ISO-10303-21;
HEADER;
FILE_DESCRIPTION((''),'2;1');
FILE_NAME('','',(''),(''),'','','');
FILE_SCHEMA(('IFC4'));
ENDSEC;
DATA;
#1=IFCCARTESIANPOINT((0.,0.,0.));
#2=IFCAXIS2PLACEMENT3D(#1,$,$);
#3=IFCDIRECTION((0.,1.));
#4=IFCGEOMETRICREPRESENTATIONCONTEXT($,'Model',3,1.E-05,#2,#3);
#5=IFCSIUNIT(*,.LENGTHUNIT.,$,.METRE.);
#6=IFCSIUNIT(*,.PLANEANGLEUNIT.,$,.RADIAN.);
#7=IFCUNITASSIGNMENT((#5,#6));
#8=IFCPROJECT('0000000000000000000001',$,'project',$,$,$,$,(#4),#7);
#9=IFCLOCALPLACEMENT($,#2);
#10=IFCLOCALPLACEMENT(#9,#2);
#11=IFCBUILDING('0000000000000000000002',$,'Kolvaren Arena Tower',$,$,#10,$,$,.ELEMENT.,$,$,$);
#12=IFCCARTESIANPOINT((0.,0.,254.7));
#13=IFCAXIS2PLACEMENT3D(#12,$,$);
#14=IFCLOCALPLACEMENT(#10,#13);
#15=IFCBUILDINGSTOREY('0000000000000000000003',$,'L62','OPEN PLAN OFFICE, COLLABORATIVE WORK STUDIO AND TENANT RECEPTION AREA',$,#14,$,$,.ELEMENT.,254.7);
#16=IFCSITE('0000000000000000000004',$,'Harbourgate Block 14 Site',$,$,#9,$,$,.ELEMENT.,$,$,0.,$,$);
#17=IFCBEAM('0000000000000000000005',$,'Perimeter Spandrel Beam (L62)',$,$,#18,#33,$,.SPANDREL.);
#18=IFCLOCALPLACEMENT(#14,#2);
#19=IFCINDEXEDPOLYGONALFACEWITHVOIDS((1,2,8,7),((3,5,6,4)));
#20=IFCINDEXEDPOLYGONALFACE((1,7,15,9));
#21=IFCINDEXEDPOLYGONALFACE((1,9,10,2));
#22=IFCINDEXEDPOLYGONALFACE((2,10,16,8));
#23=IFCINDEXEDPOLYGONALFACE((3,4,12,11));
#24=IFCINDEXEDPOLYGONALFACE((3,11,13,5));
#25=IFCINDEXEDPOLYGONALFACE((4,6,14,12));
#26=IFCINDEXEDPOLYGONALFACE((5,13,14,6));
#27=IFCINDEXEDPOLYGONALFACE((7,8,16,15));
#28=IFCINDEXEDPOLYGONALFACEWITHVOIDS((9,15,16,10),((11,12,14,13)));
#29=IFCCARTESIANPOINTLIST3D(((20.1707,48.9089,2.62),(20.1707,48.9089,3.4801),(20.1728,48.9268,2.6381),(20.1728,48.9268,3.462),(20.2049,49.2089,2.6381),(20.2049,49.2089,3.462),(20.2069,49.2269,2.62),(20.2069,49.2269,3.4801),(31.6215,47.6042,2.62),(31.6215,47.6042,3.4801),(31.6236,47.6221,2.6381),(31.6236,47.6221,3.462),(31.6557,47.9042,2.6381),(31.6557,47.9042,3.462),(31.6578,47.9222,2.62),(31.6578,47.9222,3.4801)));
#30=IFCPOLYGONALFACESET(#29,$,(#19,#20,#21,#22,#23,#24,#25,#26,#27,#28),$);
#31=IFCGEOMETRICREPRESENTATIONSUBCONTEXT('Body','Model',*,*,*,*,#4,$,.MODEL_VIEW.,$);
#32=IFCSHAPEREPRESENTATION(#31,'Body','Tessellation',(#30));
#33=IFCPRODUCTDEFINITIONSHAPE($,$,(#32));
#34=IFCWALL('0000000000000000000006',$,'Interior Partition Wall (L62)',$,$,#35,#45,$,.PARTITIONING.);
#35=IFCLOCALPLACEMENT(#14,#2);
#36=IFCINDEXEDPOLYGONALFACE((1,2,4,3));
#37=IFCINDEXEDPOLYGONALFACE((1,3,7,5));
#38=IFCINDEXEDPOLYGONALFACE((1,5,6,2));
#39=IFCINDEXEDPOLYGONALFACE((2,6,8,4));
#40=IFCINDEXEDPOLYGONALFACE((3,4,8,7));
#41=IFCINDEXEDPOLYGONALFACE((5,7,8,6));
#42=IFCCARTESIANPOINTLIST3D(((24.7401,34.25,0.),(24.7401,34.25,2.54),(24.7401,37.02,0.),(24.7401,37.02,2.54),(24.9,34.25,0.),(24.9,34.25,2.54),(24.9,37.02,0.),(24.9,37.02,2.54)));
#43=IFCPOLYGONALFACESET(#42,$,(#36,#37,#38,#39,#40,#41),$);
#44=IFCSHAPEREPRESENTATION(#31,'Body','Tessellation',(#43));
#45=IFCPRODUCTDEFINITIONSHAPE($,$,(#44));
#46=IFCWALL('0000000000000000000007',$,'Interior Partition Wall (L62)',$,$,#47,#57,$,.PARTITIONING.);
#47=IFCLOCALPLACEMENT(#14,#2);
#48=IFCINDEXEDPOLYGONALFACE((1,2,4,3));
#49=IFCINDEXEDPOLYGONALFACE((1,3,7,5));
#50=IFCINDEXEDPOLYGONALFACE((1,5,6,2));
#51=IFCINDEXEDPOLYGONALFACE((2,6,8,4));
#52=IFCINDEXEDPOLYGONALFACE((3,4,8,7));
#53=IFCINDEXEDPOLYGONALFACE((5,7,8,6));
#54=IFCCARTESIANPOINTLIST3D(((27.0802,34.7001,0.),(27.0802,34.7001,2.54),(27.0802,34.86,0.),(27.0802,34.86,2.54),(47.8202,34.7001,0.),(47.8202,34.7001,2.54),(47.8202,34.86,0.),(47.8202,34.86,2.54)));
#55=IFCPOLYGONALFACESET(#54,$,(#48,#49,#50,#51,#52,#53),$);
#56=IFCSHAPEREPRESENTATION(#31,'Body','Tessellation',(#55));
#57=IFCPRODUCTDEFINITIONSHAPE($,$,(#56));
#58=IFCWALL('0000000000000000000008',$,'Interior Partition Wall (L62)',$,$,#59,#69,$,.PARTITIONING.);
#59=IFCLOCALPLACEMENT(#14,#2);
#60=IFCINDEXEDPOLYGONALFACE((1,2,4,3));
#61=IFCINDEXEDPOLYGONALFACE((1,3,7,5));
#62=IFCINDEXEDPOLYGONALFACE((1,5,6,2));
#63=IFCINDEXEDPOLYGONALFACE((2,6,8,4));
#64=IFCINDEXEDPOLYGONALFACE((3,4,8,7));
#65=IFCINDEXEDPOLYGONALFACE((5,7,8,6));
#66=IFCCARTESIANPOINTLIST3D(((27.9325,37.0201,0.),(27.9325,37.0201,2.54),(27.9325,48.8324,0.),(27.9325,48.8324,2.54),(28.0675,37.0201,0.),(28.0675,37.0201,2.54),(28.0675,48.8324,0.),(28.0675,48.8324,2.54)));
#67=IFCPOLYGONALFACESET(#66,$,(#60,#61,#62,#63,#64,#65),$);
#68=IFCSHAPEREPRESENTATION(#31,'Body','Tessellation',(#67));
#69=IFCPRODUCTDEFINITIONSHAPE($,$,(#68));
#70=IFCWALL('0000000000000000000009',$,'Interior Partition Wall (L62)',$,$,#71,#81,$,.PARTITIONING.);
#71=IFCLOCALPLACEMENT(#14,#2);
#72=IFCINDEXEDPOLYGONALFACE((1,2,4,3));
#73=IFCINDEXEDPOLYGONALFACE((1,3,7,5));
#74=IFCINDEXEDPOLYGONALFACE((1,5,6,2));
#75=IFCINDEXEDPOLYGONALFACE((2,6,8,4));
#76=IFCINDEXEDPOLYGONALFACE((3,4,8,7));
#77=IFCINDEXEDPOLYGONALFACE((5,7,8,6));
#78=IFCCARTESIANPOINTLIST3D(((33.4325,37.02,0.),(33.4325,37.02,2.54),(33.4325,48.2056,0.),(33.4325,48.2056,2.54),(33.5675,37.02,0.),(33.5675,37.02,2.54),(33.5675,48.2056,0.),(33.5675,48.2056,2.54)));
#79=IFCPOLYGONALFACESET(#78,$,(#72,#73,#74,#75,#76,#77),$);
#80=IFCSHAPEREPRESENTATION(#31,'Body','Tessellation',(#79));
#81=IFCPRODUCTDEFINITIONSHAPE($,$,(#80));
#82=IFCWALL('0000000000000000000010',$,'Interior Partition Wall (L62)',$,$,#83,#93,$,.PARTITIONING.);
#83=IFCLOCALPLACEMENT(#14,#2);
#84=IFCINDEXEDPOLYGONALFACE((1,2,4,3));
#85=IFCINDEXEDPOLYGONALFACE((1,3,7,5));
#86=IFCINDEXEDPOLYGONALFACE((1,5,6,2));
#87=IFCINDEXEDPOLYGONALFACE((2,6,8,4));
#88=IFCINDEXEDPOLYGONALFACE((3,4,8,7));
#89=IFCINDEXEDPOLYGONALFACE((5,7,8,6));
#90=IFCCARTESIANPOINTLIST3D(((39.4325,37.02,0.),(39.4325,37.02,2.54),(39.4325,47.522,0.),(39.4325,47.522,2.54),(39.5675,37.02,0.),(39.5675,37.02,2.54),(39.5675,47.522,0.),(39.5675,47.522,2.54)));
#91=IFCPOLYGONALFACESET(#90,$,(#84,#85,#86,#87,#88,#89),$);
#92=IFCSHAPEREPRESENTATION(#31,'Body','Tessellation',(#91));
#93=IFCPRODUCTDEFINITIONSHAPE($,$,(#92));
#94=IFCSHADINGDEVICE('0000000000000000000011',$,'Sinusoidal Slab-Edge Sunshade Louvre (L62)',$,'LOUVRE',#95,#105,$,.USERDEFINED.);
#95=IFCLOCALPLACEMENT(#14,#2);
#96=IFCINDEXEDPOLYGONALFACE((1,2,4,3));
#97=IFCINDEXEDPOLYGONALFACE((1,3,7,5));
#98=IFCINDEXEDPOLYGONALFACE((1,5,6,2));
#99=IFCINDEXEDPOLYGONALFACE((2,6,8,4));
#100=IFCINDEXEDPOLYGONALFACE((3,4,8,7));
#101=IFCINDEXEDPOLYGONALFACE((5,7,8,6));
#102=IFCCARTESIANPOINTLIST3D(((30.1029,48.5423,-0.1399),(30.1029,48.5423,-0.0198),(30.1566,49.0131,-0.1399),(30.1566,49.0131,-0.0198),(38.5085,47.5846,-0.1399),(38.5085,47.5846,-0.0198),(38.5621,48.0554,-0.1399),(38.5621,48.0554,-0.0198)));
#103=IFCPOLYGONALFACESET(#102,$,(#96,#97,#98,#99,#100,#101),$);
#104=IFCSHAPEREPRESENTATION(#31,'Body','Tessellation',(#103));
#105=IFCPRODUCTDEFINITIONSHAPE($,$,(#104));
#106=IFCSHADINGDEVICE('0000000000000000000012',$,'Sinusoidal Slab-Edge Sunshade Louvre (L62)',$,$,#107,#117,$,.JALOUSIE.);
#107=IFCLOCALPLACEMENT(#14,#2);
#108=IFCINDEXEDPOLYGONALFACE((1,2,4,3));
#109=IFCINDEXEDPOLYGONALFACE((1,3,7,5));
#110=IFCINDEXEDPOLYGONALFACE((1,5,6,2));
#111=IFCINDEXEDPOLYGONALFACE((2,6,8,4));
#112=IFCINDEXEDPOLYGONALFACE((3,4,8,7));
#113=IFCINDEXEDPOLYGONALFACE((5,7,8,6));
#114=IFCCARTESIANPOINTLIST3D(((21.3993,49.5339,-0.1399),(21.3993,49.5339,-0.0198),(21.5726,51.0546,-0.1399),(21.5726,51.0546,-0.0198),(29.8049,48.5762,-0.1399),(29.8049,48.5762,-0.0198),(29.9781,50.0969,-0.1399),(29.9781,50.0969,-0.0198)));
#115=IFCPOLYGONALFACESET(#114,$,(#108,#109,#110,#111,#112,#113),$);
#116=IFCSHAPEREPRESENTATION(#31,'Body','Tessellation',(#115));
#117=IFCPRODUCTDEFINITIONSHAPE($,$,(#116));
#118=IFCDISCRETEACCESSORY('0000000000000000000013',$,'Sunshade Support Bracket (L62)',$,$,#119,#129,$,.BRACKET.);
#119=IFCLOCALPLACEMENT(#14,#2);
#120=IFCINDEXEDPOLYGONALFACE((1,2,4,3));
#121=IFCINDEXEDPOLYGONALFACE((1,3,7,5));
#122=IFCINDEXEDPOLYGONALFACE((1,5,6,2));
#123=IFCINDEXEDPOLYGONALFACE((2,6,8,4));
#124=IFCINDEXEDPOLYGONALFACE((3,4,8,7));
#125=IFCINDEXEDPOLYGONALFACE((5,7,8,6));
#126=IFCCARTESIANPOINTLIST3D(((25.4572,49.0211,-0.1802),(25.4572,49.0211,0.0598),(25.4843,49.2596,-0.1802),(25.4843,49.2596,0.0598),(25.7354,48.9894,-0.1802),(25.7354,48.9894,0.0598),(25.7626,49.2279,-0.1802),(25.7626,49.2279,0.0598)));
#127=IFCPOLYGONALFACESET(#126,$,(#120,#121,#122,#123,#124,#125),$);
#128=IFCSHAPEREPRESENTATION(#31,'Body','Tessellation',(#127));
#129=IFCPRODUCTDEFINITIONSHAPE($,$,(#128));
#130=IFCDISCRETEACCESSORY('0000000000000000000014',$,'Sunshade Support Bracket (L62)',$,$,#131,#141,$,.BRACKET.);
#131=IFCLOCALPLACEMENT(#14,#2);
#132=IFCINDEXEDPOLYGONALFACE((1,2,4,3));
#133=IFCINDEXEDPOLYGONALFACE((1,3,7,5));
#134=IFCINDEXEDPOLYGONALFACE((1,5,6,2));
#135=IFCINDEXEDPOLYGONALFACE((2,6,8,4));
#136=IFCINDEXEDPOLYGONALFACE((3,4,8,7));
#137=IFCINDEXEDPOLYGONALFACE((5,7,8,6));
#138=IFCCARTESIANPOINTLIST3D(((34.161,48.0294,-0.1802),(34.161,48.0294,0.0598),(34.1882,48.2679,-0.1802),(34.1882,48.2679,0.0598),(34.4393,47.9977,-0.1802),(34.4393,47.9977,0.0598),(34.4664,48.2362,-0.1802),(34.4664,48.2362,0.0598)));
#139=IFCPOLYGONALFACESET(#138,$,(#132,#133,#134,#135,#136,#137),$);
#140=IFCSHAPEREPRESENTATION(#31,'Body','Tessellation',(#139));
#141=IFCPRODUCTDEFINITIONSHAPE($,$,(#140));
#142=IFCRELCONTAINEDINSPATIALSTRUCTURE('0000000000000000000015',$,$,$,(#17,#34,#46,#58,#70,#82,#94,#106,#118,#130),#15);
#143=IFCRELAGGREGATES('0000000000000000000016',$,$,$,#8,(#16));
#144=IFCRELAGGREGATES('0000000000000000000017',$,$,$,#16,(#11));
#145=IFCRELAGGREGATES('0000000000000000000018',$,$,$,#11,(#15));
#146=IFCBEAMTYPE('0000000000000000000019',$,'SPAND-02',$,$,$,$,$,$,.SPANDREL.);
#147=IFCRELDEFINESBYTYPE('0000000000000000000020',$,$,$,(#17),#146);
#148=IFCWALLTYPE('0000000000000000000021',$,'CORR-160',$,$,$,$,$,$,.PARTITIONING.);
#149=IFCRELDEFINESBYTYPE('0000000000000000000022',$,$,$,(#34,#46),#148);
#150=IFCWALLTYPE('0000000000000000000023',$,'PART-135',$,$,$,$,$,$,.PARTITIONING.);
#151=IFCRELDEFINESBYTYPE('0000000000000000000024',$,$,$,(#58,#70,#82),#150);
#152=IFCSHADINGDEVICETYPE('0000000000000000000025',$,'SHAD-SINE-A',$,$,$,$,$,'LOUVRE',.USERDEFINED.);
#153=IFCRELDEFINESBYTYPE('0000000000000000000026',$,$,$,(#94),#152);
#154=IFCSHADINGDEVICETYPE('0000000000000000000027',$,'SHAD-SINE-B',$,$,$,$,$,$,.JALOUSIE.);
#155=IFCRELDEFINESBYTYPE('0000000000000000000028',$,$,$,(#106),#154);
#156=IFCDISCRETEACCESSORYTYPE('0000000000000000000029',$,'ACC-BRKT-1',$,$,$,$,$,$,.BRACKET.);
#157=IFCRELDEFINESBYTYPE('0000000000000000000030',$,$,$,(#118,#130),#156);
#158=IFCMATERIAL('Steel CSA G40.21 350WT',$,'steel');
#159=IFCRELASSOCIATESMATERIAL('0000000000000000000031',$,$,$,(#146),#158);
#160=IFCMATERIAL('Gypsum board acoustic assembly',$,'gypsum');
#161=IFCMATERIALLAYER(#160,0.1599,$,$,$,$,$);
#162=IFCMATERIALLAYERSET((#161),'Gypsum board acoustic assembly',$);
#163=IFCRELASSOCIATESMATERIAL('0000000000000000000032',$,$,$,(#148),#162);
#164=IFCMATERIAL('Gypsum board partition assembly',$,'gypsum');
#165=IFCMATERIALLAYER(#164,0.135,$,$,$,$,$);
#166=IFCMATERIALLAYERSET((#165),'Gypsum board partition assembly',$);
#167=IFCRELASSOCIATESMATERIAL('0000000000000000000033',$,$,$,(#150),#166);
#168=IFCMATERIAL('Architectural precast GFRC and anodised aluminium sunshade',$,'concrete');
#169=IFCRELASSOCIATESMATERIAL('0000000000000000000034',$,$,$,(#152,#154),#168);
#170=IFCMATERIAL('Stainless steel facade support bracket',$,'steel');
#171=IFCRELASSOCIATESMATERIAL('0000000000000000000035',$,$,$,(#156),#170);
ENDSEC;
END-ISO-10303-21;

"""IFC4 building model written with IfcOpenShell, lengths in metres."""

from ifc_helpers import new_model, si_unit, direction, frame, frame_2d, origin, origin_2d, place, context, subcontext, project, spatial, rectangle, hollow_rectangle, extrude, material, layer, layer_set, material_profile, profile_set, type_object, element, save


model = new_model("IFC4")

# Units and contexts
model_context = context("Model", 3, precision=1e-05, world=origin(), true_north=direction((0.0, 1.0)))
body_context = subcontext(model_context, "Body", "Model", "MODEL_VIEW")
ifc_project = project(units=[si_unit("LENGTHUNIT", "METRE"), si_unit("PLANEANGLEUNIT", "RADIAN")], contexts=[model_context])

# Site, building, storey
site_placement = place(None, origin())
site = spatial("IfcSite", under=ifc_project, at=site_placement, Name="Harbourgate Block 14 Site", CompositionType="ELEMENT", RefElevation=0.0)
building_placement = place(site_placement, origin())
building = spatial("IfcBuilding", under=site, at=building_placement, Name="Kolvaren Arena Tower", CompositionType="ELEMENT")
storey_placement = place(building_placement, frame((0.0, 0.0, 254.7)))
storey = spatial("IfcBuildingStorey", under=building, at=storey_placement, Name="L62", Description="OPEN PLAN OFFICE, COLLABORATIVE WORK STUDIO AND TENANT RECEPTION AREA", CompositionType="ELEMENT", Elevation=254.7)

# Beam
ifc_material_1 = material(Name="Steel CSA G40.21 350WT", Category="steel")
ifc_material_profile_1 = material_profile(ifc_material_1, hollow_rectangle(XDim=0.3201, YDim=0.8601, WallThickness=0.0181, at=origin_2d()), Name="HSS 860x320x18")
ifc_profile_set_1 = profile_set([ifc_material_profile_1], Name="Steel CSA G40.21 350WT")
beam_type_1 = type_object("IfcBeamType", Name="SPAND-02", PredefinedType="SPANDREL", material=ifc_profile_set_1)
beam_1_placement = place(storey_placement, frame((31.6396, 47.7632, 3.05), z_axis=(-0.993572, 0.113205, 0.0), x_axis=(-0.113205, -0.993572, 0.0)))
element("IfcBeam", 1, at=beam_1_placement, inside=storey, type_object=beam_type_1, Name="Perimeter Spandrel Beam (L62)", PredefinedType="SPANDREL", context=body_context, shape_type="SweptSolid", body=[
    extrude(hollow_rectangle(XDim=0.3201, YDim=0.8601, WallThickness=0.0181, at=origin_2d()), origin(), (0.0, 0.0, 1.0), 11.5249),
])

# Wall
ifc_material_2 = material(Name="Gypsum board acoustic assembly", Category="gypsum")
ifc_layer_1 = layer(ifc_material_2, 0.1599)
ifc_layer_set_1 = layer_set([ifc_layer_1], Name="Gypsum board acoustic assembly")
wall_type_1 = type_object("IfcWallType", Name="CORR-160", PredefinedType="PARTITIONING", material=ifc_layer_set_1)
wall_1_placement = place(storey_placement, frame((24.8201, 34.25, 0.0), z_axis=(0.0, 0.0, 1.0), x_axis=(0.0, 1.0, 0.0)))
element("IfcWall", 2, at=wall_1_placement, inside=storey, type_object=wall_type_1, Name="Interior Partition Wall (L62)", PredefinedType="PARTITIONING", context=body_context, shape_type="SweptSolid", body=[
    extrude(rectangle(XDim=2.77, YDim=0.1599, at=frame_2d((1.385, 0.0))), origin(), (0.0, 0.0, 1.0), 2.54),
])

# Walls
wall_2_placement = place(storey_placement, frame((27.0801, 34.78, 0.0), z_axis=(0.0, 0.0, 1.0), x_axis=(1.0, 0.0, 0.0)))
element("IfcWall", 3, at=wall_2_placement, inside=storey, type_object=wall_type_1, Name="Interior Partition Wall (L62)", PredefinedType="PARTITIONING", context=body_context, shape_type="SweptSolid", body=[
    extrude(rectangle(XDim=20.74, YDim=0.1599, at=frame_2d((10.3701, 0.0))), origin(), (0.0, 0.0, 1.0), 2.54),
])
ifc_material_3 = material(Name="Gypsum board partition assembly", Category="gypsum")
ifc_layer_2 = layer(ifc_material_3, 0.135)
ifc_layer_set_2 = layer_set([ifc_layer_2], Name="Gypsum board partition assembly")
wall_type_2 = type_object("IfcWallType", Name="PART-135", PredefinedType="PARTITIONING", material=ifc_layer_set_2)
wall_3_placement = place(storey_placement, frame((28.0, 37.02, 0.0), z_axis=(0.0, 0.0, 1.0), x_axis=(0.0, 1.0, 0.0)))
element("IfcWall", 4, at=wall_3_placement, inside=storey, type_object=wall_type_2, Name="Interior Partition Wall (L62)", PredefinedType="PARTITIONING", context=body_context, shape_type="SweptSolid", body=[
    extrude(rectangle(XDim=11.8123, YDim=0.135, at=frame_2d((5.9062, 0.0))), origin(), (0.0, 0.0, 1.0), 2.54),
])
wall_4_placement = place(storey_placement, frame((33.5, 37.02, 0.0), z_axis=(0.0, 0.0, 1.0), x_axis=(0.0, 1.0, 0.0)))
element("IfcWall", 5, at=wall_4_placement, inside=storey, type_object=wall_type_2, Name="Interior Partition Wall (L62)", PredefinedType="PARTITIONING", context=body_context, shape_type="SweptSolid", body=[
    extrude(rectangle(XDim=11.1855, YDim=0.135, at=frame_2d((5.5928, 0.0))), origin(), (0.0, 0.0, 1.0), 2.54),
])
wall_5_placement = place(storey_placement, frame((39.5, 37.02, 0.0), z_axis=(0.0, 0.0, 1.0), x_axis=(0.0, 1.0, 0.0)))
element("IfcWall", 6, at=wall_5_placement, inside=storey, type_object=wall_type_2, Name="Interior Partition Wall (L62)", PredefinedType="PARTITIONING", context=body_context, shape_type="SweptSolid", body=[
    extrude(rectangle(XDim=10.502, YDim=0.135, at=frame_2d((5.251, 0.0))), origin(), (0.0, 0.0, 1.0), 2.54),
])

# Shading devices
ifc_material_4 = material(Name="Architectural precast GFRC and anodised aluminium sunshade", Category="concrete")
shading_device_type_1 = type_object("IfcShadingDeviceType", Name="SHAD-SINE-A", ElementType="LOUVRE", PredefinedType="USERDEFINED", material=ifc_material_4)
shading_device_1_placement = place(storey_placement, frame((34.3325, 48.2988, -0.1399), z_axis=(0.0, 0.0, 1.0), x_axis=(0.993572, -0.113205, 0.0)))
element("IfcShadingDevice", 7, at=shading_device_1_placement, inside=storey, type_object=shading_device_type_1, Name="Sinusoidal Slab-Edge Sunshade Louvre (L62)", ObjectType="LOUVRE", PredefinedType="USERDEFINED", context=body_context, shape_type="SweptSolid", body=[
    extrude(rectangle(XDim=8.46, YDim=0.4739, at=origin_2d()), origin(), (0.0, 0.0, 1.0), 0.1201),
])
shading_device_type_2 = type_object("IfcShadingDeviceType", Name="SHAD-SINE-B", PredefinedType="JALOUSIE", material=ifc_material_4)
shading_device_2_placement = place(storey_placement, frame((25.6887, 49.8154, -0.1399), z_axis=(0.0, 0.0, 1.0), x_axis=(0.993572, -0.113205, 0.0)))
element("IfcShadingDevice", 8, at=shading_device_2_placement, inside=storey, type_object=shading_device_type_2, Name="Sinusoidal Slab-Edge Sunshade Louvre (L62)", PredefinedType="JALOUSIE", context=body_context, shape_type="SweptSolid", body=[
    extrude(rectangle(XDim=8.46, YDim=1.5305, at=origin_2d()), origin(), (0.0, 0.0, 1.0), 0.1201),
])

# Discrete accessories
ifc_material_5 = material(Name="Stainless steel facade support bracket", Category="steel")
discrete_accessory_type = type_object("IfcDiscreteAccessoryType", Name="ACC-BRKT-1", PredefinedType="BRACKET", material=ifc_material_5)
for number, where, z_axis, x_axis, name in (
    (9, (25.6099, 49.1245, -0.1802), (0.0, 0.0, 1.0), (0.993572, -0.113205, 0.0), "Sunshade Support Bracket (L62)"),
    (10, (34.3137, 48.1328, -0.1802), (0.0, 0.0, 1.0), (0.993572, -0.113205, 0.0), "Sunshade Support Bracket (L62)"),
):
    element("IfcDiscreteAccessory", number, at=place(storey_placement, frame(where, z_axis=z_axis, x_axis=x_axis)), inside=storey, type_object=discrete_accessory_type, Name=name, PredefinedType="BRACKET", context=body_context, shape_type="SweptSolid", body=[
        extrude(rectangle(XDim=0.28, YDim=0.24, at=origin_2d()), origin(), (0.0, 0.0, 1.0), 0.24),
    ])

save(model, "model.ifc")
